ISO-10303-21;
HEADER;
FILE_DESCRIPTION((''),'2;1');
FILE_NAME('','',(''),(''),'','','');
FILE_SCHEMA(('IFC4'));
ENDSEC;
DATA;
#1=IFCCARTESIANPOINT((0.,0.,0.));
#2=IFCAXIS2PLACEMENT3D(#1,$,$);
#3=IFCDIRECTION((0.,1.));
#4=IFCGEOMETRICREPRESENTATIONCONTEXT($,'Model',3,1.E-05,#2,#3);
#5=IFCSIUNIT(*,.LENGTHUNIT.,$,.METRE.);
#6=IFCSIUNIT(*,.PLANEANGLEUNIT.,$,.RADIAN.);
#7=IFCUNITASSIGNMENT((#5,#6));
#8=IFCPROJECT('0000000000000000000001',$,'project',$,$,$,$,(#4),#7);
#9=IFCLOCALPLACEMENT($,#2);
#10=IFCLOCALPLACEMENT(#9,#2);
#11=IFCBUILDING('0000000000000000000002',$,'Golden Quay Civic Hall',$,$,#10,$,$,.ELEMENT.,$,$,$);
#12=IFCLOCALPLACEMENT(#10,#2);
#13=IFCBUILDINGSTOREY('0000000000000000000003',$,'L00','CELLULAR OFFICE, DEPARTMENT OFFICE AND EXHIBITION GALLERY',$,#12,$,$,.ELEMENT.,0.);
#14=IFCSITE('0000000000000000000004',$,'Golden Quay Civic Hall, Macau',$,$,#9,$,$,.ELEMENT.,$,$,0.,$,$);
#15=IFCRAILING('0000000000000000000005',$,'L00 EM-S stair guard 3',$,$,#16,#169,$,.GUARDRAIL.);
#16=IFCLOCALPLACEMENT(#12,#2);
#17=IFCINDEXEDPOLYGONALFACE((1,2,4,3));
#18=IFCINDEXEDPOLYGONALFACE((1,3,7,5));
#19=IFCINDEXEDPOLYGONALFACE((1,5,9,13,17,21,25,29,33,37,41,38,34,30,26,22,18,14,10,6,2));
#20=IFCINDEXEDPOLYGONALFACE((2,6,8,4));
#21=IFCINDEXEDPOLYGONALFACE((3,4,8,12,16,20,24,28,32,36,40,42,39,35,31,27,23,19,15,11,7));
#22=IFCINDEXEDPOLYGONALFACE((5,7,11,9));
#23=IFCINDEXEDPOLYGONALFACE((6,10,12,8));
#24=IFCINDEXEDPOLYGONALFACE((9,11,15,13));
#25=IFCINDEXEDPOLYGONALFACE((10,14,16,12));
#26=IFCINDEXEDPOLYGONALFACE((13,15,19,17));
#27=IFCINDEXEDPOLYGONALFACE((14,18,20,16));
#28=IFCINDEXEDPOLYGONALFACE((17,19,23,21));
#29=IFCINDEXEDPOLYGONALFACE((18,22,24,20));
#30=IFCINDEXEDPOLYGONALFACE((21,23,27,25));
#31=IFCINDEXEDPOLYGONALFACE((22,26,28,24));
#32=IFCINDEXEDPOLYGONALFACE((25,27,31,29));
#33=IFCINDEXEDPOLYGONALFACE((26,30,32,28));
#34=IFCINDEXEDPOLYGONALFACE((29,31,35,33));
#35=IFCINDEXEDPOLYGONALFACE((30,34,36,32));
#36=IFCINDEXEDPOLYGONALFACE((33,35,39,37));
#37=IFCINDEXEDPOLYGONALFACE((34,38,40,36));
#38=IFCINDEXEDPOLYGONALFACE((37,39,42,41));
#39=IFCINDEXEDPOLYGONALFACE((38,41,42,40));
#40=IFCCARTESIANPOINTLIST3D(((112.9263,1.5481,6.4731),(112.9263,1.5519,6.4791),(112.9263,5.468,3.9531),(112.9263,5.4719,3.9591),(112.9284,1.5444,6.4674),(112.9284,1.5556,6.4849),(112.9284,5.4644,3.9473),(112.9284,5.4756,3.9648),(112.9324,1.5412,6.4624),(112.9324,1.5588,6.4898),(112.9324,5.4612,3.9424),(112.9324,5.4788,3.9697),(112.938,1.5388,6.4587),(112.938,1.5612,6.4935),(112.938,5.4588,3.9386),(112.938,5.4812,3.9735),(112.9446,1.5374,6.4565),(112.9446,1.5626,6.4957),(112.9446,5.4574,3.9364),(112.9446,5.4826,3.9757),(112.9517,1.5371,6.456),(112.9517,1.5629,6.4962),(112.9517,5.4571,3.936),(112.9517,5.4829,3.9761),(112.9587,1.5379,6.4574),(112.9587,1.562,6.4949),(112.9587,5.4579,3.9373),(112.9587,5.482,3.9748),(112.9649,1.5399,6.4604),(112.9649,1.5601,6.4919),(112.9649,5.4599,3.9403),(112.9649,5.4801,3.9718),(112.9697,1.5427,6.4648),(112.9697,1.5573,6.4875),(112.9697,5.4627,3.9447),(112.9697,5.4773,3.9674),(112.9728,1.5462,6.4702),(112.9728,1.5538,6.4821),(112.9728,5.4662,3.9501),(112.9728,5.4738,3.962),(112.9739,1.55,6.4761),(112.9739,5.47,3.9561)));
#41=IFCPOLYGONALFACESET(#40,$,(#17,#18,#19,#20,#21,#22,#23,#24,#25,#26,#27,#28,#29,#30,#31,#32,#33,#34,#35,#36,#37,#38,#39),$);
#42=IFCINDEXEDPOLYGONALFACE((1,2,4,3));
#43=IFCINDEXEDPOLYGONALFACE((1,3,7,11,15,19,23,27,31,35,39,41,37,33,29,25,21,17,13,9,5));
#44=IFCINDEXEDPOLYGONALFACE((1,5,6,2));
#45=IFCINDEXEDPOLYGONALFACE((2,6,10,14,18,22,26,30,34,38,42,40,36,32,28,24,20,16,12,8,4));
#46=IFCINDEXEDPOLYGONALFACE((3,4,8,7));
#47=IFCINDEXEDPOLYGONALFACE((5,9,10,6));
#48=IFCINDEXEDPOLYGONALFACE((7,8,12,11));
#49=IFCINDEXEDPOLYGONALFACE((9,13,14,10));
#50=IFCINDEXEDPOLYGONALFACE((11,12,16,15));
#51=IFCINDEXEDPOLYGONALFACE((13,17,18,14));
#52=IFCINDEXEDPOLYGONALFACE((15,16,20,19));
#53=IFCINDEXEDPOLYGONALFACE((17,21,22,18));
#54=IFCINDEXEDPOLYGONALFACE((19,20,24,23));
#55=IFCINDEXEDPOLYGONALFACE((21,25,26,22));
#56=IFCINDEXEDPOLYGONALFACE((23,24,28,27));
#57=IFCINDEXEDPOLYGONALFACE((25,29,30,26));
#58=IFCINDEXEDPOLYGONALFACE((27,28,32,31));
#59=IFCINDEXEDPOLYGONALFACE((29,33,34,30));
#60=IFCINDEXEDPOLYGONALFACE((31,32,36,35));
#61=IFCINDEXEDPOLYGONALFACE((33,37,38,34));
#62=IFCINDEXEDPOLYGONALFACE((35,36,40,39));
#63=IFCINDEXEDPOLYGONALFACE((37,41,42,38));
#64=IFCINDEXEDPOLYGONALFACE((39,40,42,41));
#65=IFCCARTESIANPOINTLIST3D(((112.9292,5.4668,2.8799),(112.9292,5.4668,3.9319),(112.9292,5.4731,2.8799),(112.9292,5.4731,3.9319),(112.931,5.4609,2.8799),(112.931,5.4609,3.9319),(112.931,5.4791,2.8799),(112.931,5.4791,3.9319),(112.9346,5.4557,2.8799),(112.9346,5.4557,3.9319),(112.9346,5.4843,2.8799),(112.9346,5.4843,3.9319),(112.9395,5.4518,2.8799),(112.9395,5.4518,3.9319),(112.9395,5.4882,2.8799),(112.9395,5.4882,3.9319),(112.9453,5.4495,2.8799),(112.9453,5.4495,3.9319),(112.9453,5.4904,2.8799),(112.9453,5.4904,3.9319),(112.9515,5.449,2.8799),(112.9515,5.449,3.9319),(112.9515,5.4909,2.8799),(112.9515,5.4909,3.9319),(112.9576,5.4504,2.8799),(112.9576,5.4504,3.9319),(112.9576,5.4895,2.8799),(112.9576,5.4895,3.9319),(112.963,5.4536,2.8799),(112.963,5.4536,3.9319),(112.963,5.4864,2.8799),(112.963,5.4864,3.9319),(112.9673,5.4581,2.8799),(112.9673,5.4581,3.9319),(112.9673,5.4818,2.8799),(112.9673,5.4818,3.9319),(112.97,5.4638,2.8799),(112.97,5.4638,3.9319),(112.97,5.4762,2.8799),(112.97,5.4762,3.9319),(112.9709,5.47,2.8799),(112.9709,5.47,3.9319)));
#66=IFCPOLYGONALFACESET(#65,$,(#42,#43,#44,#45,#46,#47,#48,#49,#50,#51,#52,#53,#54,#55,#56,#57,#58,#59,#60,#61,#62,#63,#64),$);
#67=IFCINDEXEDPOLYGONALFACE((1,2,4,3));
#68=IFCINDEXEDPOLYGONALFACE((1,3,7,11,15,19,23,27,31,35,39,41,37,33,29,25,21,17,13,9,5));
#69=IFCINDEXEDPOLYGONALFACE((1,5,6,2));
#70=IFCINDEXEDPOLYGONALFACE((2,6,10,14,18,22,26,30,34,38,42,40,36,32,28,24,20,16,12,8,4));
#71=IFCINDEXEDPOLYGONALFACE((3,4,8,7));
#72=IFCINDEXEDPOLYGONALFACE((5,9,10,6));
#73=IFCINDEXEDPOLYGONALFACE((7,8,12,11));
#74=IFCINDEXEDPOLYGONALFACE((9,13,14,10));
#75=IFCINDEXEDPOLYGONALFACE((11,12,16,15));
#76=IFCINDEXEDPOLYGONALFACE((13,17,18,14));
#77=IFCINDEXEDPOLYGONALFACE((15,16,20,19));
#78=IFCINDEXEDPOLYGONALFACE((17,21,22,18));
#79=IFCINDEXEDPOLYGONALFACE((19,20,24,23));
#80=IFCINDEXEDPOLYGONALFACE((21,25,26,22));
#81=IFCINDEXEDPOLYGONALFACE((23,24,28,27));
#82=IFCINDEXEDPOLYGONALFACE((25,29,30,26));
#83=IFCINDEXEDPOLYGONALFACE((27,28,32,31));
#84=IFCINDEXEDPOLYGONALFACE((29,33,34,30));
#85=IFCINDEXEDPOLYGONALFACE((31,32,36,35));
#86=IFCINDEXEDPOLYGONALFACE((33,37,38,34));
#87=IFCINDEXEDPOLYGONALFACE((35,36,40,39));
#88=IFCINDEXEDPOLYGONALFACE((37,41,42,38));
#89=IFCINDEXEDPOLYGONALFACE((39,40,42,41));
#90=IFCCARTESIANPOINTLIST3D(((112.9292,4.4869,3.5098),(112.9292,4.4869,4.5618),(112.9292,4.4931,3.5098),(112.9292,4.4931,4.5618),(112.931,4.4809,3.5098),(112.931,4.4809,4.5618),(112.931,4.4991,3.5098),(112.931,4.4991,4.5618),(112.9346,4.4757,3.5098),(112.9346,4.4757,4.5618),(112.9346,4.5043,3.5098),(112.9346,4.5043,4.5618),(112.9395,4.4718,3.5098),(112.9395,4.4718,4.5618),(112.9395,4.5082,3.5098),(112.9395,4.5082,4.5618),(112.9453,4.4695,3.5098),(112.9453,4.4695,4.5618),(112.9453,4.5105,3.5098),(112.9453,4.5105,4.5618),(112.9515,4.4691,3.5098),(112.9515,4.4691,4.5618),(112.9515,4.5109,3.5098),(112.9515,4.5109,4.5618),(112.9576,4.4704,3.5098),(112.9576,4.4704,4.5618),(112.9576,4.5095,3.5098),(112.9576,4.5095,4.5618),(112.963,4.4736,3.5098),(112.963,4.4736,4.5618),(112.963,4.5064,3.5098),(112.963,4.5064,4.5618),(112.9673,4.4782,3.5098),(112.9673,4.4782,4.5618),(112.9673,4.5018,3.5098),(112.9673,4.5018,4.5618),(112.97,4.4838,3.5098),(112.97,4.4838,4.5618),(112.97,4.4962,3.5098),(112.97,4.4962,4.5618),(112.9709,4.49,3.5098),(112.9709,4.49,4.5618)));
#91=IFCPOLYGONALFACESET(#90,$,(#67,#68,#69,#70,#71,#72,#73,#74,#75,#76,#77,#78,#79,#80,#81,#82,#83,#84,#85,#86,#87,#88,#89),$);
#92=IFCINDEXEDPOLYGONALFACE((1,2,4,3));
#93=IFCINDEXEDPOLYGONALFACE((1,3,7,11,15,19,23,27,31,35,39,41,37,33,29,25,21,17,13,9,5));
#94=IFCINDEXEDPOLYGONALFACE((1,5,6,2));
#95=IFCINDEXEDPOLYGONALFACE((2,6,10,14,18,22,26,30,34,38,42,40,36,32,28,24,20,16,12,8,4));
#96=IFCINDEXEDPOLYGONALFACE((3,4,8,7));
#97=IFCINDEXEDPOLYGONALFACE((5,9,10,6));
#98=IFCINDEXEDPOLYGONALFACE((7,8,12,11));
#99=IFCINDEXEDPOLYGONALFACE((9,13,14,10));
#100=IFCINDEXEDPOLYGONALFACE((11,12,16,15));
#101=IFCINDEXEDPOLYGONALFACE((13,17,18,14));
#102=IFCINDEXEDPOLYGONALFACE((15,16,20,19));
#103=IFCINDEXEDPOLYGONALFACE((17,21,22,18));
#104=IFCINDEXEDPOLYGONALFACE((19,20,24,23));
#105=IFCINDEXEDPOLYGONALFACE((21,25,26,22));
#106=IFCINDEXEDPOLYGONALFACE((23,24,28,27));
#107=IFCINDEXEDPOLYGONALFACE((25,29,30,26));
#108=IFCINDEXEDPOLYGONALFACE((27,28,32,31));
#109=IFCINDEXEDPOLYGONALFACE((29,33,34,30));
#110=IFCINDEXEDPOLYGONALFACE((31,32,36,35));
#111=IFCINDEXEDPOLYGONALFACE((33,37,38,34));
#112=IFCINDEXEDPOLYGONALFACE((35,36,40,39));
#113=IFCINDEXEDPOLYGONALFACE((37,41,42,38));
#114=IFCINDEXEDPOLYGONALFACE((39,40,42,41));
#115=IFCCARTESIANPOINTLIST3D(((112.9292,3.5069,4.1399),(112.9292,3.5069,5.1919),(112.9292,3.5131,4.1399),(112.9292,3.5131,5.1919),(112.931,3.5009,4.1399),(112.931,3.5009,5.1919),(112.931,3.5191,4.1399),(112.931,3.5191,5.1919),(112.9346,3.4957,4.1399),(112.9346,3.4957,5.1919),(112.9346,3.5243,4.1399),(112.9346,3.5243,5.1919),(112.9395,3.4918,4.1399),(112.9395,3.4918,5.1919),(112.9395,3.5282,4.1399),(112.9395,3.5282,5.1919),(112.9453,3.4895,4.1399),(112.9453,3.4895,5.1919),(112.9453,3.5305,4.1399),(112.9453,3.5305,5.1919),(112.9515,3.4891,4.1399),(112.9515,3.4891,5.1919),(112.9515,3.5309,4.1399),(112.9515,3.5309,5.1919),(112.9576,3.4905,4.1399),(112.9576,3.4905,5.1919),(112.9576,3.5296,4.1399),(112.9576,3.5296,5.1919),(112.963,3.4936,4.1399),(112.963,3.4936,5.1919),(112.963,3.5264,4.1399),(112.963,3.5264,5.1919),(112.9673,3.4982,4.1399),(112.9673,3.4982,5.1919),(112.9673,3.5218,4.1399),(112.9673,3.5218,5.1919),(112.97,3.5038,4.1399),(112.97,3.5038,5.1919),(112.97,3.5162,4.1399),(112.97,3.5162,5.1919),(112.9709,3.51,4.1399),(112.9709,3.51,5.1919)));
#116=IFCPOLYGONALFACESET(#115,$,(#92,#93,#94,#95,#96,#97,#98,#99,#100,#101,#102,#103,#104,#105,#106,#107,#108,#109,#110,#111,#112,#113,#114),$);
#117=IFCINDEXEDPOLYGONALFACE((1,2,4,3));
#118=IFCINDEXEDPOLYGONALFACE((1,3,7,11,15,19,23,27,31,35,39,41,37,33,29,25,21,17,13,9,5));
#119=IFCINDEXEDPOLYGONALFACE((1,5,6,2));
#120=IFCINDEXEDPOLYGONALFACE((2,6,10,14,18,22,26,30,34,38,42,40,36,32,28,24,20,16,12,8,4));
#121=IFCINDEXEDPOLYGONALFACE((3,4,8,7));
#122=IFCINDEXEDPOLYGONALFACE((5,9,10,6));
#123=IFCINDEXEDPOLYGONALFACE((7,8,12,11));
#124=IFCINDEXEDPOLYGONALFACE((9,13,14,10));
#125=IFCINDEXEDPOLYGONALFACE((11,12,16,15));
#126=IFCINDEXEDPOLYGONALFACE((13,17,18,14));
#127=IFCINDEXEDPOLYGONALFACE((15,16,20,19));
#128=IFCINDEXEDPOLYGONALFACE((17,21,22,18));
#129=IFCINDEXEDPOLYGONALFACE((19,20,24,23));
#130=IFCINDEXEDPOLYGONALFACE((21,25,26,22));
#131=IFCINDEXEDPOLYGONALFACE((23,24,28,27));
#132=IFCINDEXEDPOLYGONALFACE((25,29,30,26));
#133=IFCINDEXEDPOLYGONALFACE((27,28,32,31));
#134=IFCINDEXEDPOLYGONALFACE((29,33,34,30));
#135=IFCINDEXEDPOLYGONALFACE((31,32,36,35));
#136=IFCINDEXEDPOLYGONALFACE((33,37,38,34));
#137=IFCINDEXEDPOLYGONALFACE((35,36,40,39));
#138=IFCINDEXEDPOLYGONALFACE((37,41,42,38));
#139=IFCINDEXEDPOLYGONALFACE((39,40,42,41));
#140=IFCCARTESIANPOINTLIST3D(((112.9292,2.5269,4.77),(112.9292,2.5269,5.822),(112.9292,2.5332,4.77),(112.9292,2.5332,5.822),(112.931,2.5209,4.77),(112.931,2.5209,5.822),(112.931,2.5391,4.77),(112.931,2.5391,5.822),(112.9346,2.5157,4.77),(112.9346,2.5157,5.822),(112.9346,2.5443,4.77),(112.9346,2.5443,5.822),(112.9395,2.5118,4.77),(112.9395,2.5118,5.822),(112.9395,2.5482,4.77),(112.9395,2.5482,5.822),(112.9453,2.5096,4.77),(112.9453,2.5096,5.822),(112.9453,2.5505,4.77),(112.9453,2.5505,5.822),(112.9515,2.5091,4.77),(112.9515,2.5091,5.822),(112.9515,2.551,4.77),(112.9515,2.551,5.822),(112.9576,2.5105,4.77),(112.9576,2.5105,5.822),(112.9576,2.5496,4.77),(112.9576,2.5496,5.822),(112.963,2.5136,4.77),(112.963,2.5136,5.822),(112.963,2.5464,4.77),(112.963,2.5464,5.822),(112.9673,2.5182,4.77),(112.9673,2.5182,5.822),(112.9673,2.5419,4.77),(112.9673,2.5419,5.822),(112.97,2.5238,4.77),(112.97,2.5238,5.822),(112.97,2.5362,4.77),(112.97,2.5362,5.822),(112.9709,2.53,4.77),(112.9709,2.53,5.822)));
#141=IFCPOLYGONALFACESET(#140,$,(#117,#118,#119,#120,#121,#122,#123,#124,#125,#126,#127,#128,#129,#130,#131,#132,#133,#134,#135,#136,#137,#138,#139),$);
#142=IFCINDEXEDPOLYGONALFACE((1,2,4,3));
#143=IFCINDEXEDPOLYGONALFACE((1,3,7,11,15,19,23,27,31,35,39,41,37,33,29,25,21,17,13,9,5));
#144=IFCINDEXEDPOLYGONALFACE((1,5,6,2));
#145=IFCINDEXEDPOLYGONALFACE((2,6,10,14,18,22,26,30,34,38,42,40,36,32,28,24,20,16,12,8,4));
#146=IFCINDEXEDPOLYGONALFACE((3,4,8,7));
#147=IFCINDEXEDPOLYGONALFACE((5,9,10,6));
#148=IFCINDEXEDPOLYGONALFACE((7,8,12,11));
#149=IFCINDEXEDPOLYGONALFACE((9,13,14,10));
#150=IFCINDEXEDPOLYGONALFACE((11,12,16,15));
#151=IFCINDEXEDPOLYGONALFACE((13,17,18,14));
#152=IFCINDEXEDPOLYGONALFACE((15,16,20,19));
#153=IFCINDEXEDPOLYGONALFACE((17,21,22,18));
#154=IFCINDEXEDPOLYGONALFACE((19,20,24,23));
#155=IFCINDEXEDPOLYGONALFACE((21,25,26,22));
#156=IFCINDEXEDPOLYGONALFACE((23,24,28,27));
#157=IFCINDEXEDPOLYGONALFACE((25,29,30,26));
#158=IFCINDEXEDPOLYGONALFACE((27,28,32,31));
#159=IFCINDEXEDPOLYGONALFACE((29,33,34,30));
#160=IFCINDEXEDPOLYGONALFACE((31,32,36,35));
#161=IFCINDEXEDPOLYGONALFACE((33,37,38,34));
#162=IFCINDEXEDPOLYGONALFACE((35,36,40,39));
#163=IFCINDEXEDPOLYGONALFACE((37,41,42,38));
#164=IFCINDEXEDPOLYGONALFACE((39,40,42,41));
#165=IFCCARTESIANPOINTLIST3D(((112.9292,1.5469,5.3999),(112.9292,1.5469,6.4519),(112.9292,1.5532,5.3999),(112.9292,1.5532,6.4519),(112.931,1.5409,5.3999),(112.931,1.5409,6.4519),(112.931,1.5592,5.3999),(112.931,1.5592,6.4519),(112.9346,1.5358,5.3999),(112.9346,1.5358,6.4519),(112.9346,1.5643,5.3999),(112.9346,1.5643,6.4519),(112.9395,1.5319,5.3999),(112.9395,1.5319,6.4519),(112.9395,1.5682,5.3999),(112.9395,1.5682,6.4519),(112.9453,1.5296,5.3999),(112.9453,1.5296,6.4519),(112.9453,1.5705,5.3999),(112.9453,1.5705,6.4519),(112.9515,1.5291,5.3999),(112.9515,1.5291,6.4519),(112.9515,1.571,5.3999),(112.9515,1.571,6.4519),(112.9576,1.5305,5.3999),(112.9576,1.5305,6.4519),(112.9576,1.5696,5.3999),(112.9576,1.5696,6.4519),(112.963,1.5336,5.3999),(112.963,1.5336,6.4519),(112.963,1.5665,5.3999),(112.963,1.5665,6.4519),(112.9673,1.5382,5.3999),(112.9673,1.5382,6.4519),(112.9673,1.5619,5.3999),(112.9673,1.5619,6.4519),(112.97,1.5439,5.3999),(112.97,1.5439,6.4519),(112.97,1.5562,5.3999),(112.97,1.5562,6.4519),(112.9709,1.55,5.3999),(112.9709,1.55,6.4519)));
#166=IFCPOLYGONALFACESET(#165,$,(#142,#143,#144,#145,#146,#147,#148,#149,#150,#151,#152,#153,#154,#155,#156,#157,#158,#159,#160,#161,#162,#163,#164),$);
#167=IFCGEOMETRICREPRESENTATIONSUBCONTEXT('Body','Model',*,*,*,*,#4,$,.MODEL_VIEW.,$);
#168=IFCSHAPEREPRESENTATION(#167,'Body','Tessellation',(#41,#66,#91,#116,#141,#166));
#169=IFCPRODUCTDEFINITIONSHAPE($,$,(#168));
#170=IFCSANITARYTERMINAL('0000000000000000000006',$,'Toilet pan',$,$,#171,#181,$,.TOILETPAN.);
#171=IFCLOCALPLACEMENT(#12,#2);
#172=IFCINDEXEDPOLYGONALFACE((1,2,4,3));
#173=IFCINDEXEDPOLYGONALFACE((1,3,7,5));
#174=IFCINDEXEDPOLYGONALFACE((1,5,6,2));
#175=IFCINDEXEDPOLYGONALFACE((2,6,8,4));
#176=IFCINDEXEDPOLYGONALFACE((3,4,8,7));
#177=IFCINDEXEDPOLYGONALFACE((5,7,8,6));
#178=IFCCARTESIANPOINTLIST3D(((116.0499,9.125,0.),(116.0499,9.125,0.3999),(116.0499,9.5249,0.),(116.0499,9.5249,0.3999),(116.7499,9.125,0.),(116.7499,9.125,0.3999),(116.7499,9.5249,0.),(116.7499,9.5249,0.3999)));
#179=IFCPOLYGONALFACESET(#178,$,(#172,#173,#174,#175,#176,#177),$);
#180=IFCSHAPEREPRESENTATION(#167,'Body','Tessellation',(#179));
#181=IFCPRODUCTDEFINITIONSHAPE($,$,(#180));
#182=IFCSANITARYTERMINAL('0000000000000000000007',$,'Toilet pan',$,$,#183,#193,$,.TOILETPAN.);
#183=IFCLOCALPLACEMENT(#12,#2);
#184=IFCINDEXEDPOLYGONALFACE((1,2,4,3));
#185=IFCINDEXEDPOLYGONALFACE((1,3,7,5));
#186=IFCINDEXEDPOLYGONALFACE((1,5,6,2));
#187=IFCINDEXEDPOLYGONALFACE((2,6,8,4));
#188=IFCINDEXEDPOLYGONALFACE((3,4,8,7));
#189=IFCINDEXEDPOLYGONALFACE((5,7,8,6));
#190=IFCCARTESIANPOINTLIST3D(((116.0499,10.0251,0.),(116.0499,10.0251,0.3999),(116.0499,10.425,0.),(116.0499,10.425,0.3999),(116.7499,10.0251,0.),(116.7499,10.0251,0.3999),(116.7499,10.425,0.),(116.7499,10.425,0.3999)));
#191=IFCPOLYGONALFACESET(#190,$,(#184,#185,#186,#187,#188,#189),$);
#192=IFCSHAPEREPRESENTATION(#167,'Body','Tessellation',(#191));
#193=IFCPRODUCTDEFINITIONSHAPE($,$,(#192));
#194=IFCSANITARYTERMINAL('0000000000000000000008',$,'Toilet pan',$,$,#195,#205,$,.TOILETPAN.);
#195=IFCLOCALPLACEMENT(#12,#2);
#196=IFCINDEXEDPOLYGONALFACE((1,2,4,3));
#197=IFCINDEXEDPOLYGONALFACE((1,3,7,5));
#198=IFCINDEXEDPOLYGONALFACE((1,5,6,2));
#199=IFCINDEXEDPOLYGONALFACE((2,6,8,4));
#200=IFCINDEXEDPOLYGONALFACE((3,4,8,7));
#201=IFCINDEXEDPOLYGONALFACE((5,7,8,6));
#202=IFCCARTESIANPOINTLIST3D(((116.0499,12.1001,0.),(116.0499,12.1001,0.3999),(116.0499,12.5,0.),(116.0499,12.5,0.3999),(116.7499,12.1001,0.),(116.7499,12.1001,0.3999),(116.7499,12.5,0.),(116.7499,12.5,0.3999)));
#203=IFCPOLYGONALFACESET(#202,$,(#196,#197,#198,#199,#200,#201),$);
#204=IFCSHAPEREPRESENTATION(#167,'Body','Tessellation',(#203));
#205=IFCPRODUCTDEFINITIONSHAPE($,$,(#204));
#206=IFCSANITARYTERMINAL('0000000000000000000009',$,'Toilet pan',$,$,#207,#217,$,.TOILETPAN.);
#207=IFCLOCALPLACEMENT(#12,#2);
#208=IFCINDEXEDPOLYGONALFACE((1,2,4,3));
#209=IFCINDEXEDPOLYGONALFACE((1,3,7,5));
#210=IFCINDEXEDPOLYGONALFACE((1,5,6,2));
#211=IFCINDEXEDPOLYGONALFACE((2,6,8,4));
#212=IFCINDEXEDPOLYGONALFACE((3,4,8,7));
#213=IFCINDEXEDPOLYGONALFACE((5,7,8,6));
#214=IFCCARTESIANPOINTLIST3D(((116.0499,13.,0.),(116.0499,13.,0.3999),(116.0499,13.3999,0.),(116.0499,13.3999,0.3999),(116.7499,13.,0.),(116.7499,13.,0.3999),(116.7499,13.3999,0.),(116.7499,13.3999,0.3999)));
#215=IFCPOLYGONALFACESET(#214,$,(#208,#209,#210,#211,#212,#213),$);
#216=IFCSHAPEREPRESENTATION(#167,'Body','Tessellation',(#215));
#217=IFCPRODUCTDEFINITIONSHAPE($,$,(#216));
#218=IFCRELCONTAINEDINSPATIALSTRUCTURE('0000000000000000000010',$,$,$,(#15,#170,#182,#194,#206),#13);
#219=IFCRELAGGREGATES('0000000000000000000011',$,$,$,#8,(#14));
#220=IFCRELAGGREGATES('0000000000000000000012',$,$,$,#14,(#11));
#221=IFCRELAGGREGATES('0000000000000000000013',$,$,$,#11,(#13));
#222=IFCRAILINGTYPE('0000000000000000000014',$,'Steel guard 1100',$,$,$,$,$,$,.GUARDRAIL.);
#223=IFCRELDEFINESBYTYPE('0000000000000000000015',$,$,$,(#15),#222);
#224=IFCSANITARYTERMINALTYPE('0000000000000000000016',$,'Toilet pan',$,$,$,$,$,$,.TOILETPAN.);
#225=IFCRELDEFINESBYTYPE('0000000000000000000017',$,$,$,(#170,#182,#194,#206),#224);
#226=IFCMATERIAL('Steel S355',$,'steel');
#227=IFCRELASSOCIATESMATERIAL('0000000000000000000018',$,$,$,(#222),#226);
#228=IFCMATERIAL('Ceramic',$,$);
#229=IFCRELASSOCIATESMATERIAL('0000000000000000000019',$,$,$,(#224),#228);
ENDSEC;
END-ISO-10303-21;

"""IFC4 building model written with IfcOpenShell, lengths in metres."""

from ifc_helpers import new_model, si_unit, direction, frame, origin, origin_2d, place, context, subcontext, project, spatial, rectangle, circle, extrude, material, type_object, element, save


model = new_model("IFC4")

# Units and contexts
model_context = context("Model", 3, precision=1e-05, world=origin(), true_north=direction((0.0, 1.0)))
body_context = subcontext(model_context, "Body", "Model", "MODEL_VIEW")
ifc_project = project(units=[si_unit("LENGTHUNIT", "METRE"), si_unit("PLANEANGLEUNIT", "RADIAN")], contexts=[model_context])

# Site, building, storey
site_placement = place(None, origin())
site = spatial("IfcSite", under=ifc_project, at=site_placement, Name="Golden Quay Civic Hall, Macau", CompositionType="ELEMENT", RefElevation=0.0)
building_placement = place(site_placement, origin())
building = spatial("IfcBuilding", under=site, at=building_placement, Name="Golden Quay Civic Hall", CompositionType="ELEMENT")
storey_placement = place(building_placement, origin())
storey = spatial("IfcBuildingStorey", under=building, at=storey_placement, Name="L00", Description="CELLULAR OFFICE, DEPARTMENT OFFICE AND EXHIBITION GALLERY", CompositionType="ELEMENT", Elevation=0.0)

# Railing
ifc_material_1 = material(Name="Steel S355", Category="steel")
railing_type = type_object("IfcRailingType", Name="Steel guard 1100", PredefinedType="GUARDRAIL", material=ifc_material_1)
railing_1_placement = place(storey_placement, frame((112.95, 5.47, 2.8799)))
element("IfcRailing", 1, at=railing_1_placement, inside=storey, type_object=railing_type, Name="L00 EM-S stair guard 3", PredefinedType="GUARDRAIL", context=body_context, shape_type="SweptSolid", body=[
    extrude(circle(Radius=0.0239, at=origin_2d()), frame((0.0, 0.0, 1.0762), z_axis=(0.0, -0.841172, 0.540768), x_axis=(1.0, 0.0, 0.0)), (0.0, 0.0, 1.0), 4.6602),
    extrude(circle(Radius=0.021, at=origin_2d()), origin(), (0.0, 0.0, 1.0), 1.052),
    extrude(circle(Radius=0.021, at=origin_2d()), frame((0.0, -0.98, 0.6299)), (0.0, 0.0, 1.0), 1.052),
    extrude(circle(Radius=0.021, at=origin_2d()), frame((0.0, -1.96, 1.26)), (0.0, 0.0, 1.0), 1.052),
    extrude(circle(Radius=0.021, at=origin_2d()), frame((0.0, -2.9399, 1.8901)), (0.0, 0.0, 1.0), 1.052),
    extrude(circle(Radius=0.021, at=origin_2d()), frame((0.0, -3.9199, 2.52)), (0.0, 0.0, 1.0), 1.052),
])

# Sanitary terminals
ifc_material_2 = material(Name="Ceramic")
sanitary_terminal_type_1 = type_object("IfcSanitaryTerminalType", Name="Toilet pan", PredefinedType="TOILETPAN", material=ifc_material_2)
for number, where, z_axis, x_axis, name in (
    (2, (116.3999, 9.325, 0.0), (0.0, 0.0, 1.0), (0.0, 1.0, 0.0), "Toilet pan"),
    (3, (116.3999, 10.2251, 0.0), (0.0, 0.0, 1.0), (0.0, 1.0, 0.0), "Toilet pan"),
    (4, (116.3999, 12.3, 0.0), (0.0, 0.0, 1.0), (0.0, 1.0, 0.0), "Toilet pan"),
    (5, (116.3999, 13.2, 0.0), (0.0, 0.0, 1.0), (0.0, 1.0, 0.0), "Toilet pan"),
):
    element("IfcSanitaryTerminal", number, at=place(storey_placement, frame(where, z_axis=z_axis, x_axis=x_axis)), inside=storey, type_object=sanitary_terminal_type_1, Name=name, PredefinedType="TOILETPAN", context=body_context, shape_type="SweptSolid", body=[
        extrude(rectangle(XDim=0.3999, YDim=0.7, at=origin_2d()), origin(), (0.0, 0.0, 1.0), 0.3999),
    ])

save(model, "model.ifc")
